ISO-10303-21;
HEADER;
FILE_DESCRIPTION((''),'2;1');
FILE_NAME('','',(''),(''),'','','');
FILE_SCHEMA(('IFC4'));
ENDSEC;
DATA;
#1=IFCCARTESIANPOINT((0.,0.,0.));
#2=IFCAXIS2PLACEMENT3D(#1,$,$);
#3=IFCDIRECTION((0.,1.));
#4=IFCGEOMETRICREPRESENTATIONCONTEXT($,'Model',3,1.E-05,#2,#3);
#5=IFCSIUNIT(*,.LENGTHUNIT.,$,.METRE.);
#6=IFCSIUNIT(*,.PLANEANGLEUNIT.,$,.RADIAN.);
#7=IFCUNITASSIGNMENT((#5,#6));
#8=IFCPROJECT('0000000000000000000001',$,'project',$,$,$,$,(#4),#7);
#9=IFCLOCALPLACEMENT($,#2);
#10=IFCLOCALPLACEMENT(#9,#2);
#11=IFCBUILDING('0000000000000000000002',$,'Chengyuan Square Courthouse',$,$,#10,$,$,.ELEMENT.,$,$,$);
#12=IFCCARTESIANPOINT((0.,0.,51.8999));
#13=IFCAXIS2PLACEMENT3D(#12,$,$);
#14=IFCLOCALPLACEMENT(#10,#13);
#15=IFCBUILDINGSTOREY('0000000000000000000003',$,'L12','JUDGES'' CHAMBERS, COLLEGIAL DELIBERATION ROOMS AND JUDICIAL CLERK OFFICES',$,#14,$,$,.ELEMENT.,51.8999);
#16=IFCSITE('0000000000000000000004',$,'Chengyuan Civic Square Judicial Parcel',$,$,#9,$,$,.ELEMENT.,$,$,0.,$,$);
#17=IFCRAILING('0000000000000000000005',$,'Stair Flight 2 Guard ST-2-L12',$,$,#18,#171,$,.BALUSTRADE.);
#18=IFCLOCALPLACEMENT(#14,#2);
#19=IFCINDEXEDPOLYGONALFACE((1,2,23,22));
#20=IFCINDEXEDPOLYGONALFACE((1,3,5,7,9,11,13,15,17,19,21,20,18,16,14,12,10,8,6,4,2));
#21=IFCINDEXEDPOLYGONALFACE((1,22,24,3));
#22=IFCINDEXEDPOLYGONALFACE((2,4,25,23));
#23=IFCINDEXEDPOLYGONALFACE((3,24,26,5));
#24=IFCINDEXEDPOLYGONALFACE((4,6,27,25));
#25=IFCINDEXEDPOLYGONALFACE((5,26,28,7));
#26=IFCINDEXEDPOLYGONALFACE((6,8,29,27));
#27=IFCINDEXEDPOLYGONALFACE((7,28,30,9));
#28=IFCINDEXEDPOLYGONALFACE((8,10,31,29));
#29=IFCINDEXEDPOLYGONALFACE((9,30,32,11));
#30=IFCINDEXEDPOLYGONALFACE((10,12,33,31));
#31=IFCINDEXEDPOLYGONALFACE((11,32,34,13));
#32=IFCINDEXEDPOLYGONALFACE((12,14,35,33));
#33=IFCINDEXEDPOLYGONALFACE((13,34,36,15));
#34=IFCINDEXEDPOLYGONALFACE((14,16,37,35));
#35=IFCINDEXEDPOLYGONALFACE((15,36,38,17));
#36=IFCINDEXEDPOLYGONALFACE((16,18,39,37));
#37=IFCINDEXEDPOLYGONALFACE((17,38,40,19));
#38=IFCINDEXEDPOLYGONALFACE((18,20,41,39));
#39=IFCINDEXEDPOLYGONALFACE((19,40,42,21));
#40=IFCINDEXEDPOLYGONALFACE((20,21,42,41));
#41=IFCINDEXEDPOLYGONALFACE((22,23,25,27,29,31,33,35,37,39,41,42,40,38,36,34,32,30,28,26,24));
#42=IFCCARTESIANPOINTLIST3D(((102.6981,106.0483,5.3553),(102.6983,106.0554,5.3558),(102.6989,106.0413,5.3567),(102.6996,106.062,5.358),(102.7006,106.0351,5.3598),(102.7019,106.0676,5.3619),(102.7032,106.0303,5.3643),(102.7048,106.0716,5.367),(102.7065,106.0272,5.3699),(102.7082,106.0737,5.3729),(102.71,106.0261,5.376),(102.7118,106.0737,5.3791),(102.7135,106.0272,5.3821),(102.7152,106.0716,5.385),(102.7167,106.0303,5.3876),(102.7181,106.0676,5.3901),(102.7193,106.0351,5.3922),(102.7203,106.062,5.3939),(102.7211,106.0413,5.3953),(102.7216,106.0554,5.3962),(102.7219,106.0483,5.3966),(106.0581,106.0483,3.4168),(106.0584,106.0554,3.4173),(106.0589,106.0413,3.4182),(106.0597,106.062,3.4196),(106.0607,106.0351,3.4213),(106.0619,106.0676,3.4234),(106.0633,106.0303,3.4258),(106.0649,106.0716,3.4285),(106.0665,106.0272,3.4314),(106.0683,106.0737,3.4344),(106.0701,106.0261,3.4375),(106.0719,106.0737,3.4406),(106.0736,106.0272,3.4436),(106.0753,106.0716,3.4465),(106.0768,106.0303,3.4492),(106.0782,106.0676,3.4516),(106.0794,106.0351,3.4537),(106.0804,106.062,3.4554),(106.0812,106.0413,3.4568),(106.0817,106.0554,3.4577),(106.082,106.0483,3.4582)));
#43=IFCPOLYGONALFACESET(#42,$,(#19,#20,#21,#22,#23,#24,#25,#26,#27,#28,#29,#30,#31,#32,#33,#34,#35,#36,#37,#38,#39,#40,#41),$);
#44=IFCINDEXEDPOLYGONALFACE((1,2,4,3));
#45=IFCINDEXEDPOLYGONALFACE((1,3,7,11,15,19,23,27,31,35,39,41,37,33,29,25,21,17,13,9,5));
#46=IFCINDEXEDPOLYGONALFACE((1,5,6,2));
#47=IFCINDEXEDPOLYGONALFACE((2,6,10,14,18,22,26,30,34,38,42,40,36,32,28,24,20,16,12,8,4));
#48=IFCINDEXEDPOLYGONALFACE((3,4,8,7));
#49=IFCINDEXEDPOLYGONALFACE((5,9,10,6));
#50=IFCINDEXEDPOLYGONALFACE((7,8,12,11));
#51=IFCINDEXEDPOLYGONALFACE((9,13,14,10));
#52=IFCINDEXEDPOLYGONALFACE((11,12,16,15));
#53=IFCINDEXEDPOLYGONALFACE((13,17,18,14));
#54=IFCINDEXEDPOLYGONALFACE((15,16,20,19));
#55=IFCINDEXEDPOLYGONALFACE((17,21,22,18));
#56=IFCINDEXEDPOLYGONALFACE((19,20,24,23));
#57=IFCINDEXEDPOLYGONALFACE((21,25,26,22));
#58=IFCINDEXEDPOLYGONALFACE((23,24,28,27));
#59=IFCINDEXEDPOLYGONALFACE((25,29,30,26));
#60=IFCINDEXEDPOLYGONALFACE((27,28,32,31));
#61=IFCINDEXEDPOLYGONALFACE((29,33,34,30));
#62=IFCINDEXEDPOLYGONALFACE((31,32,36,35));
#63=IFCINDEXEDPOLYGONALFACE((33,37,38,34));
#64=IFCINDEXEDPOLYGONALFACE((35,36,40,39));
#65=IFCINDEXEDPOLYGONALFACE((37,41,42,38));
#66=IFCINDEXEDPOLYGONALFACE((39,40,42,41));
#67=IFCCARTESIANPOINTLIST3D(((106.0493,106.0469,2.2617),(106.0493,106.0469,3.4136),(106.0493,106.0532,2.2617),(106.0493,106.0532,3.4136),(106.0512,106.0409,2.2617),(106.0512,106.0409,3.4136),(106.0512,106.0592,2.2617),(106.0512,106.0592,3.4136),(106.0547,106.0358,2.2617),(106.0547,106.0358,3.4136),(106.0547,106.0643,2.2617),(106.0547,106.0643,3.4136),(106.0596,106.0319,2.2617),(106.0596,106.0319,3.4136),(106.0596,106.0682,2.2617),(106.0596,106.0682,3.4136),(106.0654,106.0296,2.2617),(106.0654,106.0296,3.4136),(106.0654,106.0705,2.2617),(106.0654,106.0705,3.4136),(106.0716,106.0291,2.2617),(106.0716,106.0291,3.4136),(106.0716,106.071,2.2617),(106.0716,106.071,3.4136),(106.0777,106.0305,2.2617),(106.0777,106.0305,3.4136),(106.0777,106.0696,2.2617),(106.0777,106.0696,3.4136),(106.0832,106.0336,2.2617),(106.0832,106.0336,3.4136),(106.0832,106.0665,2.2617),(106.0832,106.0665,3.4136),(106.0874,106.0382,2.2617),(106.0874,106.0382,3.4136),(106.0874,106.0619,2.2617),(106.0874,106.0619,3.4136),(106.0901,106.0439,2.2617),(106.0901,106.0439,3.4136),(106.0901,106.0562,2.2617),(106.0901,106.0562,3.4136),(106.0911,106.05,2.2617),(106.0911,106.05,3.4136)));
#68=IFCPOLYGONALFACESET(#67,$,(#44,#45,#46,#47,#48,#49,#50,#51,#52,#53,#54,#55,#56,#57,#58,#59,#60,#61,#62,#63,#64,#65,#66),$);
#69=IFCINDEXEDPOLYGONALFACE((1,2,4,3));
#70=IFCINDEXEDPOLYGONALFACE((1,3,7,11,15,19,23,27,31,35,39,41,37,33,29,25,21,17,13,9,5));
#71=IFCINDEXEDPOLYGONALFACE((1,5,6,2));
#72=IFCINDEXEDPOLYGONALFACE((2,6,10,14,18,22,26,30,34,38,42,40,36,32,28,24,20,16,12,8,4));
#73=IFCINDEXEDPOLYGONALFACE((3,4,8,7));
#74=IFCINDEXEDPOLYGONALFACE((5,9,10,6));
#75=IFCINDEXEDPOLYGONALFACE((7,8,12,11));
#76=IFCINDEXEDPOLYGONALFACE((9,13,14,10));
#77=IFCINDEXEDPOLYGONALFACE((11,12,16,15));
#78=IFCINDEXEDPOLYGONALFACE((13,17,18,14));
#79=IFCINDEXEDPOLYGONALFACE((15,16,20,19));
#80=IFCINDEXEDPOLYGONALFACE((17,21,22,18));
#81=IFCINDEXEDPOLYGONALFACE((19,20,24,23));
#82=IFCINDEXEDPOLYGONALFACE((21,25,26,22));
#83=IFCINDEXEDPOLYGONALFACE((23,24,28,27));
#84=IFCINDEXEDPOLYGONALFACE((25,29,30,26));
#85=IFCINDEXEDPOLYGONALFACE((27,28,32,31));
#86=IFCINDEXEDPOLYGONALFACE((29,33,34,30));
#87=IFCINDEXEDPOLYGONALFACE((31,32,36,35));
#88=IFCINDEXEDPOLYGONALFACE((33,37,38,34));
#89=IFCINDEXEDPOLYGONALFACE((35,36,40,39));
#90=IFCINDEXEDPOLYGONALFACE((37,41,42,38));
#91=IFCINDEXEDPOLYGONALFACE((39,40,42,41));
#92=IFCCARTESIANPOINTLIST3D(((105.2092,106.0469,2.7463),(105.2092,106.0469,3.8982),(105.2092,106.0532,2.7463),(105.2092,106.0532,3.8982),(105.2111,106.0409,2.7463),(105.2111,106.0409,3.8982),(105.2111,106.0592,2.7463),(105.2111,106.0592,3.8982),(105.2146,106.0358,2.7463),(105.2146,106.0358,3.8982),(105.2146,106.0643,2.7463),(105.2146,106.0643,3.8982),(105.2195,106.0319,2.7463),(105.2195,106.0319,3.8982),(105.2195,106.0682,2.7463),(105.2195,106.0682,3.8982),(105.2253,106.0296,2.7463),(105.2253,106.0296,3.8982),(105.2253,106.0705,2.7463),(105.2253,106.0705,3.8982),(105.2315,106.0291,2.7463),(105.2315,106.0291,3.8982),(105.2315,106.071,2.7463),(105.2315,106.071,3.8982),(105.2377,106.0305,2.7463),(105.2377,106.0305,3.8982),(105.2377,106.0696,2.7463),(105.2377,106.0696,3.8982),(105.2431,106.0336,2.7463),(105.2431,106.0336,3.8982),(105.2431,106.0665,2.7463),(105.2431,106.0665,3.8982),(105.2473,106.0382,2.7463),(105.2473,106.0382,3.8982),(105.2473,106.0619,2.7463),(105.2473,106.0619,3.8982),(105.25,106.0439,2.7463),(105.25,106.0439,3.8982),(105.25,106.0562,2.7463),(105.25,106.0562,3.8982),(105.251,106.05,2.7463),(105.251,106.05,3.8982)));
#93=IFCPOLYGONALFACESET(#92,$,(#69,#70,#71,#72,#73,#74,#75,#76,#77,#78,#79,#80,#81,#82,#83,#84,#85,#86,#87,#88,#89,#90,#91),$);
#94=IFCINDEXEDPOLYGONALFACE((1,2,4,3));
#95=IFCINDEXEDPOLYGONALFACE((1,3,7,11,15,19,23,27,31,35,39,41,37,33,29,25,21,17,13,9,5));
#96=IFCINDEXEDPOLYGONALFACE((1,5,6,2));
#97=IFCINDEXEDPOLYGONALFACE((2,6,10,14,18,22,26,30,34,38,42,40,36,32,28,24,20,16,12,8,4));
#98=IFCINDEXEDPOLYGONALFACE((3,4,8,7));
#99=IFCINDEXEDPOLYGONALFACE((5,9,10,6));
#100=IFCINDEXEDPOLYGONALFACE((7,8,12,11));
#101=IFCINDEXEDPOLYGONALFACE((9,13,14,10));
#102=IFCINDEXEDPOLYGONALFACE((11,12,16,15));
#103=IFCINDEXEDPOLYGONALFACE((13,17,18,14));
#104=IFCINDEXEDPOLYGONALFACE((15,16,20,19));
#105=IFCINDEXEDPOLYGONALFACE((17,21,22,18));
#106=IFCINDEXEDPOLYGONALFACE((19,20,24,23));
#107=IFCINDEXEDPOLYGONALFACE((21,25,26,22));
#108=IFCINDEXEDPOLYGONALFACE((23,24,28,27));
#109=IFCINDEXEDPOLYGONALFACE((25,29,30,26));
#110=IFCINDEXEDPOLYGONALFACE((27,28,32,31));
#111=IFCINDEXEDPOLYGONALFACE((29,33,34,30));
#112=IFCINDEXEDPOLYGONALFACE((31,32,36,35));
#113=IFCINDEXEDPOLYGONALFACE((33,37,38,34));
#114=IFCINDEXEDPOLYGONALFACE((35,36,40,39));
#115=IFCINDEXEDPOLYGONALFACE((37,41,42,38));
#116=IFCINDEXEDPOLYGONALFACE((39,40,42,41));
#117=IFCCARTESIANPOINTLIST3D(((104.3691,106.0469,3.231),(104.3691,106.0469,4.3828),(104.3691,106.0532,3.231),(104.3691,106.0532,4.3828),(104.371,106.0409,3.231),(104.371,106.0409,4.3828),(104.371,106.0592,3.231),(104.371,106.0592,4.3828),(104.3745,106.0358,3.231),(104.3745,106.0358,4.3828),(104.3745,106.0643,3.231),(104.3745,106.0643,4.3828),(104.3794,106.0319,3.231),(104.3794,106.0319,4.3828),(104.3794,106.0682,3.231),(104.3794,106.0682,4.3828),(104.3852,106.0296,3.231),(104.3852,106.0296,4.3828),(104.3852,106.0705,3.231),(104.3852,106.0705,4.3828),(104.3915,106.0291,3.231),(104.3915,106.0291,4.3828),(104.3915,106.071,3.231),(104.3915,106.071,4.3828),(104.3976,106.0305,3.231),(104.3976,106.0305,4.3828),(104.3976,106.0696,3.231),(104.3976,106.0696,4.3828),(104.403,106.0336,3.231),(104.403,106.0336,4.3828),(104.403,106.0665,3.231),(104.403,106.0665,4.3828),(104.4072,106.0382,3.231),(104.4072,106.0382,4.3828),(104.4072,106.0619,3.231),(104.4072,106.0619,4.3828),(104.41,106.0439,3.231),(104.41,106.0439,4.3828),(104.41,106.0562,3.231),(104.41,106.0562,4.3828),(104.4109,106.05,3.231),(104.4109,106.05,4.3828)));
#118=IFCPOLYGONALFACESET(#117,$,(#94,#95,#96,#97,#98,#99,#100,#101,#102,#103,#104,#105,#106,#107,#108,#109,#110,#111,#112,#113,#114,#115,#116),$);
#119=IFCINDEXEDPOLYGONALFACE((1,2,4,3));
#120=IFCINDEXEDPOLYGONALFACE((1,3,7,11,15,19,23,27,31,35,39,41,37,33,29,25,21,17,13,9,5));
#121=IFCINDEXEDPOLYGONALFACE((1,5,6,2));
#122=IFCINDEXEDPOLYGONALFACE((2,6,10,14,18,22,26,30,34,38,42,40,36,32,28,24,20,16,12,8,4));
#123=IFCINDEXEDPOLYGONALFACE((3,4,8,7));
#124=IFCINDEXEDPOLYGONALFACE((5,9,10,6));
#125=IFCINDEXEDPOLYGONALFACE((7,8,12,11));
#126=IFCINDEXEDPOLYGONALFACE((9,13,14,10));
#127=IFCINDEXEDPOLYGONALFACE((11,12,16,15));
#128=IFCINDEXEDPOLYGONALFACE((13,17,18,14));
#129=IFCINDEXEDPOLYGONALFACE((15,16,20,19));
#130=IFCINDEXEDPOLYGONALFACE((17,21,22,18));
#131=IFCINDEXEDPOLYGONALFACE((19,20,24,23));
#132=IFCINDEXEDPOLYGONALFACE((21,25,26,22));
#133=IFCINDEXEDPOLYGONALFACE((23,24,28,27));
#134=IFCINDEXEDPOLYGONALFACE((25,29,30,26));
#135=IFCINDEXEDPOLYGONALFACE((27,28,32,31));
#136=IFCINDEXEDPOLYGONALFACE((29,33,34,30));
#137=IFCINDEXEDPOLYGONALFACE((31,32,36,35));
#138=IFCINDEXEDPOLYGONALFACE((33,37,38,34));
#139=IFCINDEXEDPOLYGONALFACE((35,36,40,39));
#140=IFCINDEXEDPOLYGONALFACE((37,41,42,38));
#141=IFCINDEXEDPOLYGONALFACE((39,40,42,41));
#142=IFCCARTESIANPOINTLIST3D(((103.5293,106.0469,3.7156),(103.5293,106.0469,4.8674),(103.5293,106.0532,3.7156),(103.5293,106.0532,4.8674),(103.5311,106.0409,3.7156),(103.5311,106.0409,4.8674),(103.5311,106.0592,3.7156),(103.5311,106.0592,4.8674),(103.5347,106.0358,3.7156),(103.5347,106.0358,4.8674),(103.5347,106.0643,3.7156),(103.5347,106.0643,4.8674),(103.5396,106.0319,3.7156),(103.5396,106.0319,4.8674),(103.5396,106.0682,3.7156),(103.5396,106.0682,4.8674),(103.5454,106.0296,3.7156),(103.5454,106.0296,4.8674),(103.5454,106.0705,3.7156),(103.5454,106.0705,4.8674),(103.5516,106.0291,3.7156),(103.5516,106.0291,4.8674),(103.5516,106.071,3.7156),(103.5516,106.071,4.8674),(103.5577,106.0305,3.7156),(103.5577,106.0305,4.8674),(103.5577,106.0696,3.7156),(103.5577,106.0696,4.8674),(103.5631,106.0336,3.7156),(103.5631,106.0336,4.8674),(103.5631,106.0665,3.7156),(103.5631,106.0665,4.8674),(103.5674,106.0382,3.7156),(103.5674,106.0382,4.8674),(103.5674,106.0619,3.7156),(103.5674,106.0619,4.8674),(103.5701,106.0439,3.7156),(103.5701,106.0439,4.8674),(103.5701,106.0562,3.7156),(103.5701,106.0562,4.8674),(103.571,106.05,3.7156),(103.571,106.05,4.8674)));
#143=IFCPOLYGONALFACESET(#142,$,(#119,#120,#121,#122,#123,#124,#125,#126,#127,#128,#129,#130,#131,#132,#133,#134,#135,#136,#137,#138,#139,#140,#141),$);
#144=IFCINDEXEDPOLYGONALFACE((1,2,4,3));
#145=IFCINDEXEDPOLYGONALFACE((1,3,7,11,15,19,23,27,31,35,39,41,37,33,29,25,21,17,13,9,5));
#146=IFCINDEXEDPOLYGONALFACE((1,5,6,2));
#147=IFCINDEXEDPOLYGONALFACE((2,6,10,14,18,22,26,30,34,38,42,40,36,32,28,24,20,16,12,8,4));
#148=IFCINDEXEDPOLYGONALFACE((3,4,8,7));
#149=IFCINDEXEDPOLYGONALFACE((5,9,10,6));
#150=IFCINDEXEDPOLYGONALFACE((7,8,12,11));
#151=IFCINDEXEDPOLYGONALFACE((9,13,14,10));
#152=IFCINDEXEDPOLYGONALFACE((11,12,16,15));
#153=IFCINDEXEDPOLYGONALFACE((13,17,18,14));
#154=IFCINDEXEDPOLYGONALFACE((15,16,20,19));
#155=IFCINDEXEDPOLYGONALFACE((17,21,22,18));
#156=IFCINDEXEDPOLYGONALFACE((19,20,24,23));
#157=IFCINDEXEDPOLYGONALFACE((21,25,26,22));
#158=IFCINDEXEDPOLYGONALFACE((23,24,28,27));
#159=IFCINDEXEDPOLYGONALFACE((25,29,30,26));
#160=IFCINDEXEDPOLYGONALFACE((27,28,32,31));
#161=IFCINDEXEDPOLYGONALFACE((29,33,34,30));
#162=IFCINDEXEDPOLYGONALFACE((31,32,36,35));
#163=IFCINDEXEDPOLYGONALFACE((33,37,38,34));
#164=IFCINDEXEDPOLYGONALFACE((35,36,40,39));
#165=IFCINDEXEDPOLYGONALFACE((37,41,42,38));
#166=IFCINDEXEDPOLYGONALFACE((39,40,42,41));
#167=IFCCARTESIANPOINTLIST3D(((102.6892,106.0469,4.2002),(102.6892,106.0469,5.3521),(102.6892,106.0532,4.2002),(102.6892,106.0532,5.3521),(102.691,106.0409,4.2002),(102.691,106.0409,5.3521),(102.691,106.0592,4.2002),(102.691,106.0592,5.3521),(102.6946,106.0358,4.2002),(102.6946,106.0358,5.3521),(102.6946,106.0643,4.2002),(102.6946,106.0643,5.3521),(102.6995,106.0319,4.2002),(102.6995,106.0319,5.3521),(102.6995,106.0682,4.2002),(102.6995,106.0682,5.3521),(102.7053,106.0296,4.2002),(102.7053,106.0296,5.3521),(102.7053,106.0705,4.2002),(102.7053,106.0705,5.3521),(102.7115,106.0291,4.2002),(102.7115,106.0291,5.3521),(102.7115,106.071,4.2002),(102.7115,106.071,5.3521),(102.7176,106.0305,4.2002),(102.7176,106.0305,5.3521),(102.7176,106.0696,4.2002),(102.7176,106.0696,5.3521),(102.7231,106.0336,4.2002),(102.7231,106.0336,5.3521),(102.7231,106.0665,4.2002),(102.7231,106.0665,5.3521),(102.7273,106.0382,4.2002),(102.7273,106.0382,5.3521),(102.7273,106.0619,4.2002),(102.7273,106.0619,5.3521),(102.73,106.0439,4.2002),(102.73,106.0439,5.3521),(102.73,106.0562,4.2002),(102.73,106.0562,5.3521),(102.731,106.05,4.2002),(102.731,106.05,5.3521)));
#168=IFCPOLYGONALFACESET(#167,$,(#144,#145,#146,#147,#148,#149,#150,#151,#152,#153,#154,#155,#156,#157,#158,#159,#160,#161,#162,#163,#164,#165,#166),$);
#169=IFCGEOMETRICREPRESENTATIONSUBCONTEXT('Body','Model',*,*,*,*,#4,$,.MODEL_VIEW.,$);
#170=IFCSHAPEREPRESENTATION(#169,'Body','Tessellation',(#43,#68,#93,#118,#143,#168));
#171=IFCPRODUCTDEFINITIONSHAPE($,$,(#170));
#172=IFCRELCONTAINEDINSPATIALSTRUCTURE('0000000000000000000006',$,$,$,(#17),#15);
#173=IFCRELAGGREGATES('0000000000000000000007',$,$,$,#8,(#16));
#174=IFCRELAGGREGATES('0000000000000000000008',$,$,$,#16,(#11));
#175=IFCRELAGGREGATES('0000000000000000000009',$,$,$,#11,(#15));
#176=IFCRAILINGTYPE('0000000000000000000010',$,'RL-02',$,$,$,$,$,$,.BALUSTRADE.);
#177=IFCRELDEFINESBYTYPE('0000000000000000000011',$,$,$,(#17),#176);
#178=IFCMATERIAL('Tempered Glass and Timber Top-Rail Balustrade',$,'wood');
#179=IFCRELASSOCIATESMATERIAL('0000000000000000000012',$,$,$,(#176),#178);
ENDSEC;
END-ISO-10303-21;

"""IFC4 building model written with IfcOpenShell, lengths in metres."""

from ifc_helpers import new_model, si_unit, direction, frame, origin, origin_2d, place, context, subcontext, project, spatial, circle, extrude, material, type_object, element, save


model = new_model("IFC4")

# Units and contexts
model_context = context("Model", 3, precision=1e-05, world=origin(), true_north=direction((0.0, 1.0)))
body_context = subcontext(model_context, "Body", "Model", "MODEL_VIEW")
ifc_project = project(units=[si_unit("LENGTHUNIT", "METRE"), si_unit("PLANEANGLEUNIT", "RADIAN")], contexts=[model_context])

# Site, building, storey
site_placement = place(None, origin())
site = spatial("IfcSite", under=ifc_project, at=site_placement, Name="Chengyuan Civic Square Judicial Parcel", CompositionType="ELEMENT", RefElevation=0.0)
building_placement = place(site_placement, origin())
building = spatial("IfcBuilding", under=site, at=building_placement, Name="Chengyuan Square Courthouse", CompositionType="ELEMENT")
storey_placement = place(building_placement, frame((0.0, 0.0, 51.8999)))
storey = spatial("IfcBuildingStorey", under=building, at=storey_placement, Name="L12", Description="JUDGES' CHAMBERS, COLLEGIAL DELIBERATION ROOMS AND JUDICIAL CLERK OFFICES", CompositionType="ELEMENT", Elevation=51.8999)

# Railing
ifc_material_1 = material(Name="Tempered Glass and Timber Top-Rail Balustrade", Category="wood")
railing_type_1 = type_object("IfcRailingType", Name="RL-02", PredefinedType="BALUSTRADE", material=ifc_material_1)
railing_1_placement = place(storey_placement, frame((106.0701, 106.05, 2.2617)))
element("IfcRailing", 1, at=railing_1_placement, inside=storey, type_object=railing_type_1, Name="Stair Flight 2 Guard ST-2-L12", PredefinedType="BALUSTRADE", context=body_context, shape_type="SweptSolid", body=[
    extrude(circle(Radius=0.0239, at=origin_2d()), frame((0.0, 0.0, 1.1758), z_axis=(-0.866191, 0.0, 0.499713), x_axis=(0.0, -1.0, 0.0)), (0.0, 0.0, 1.0), 3.8792),
    extrude(circle(Radius=0.021, at=origin_2d()), origin(), (0.0, 0.0, 1.0), 1.1519),
    extrude(circle(Radius=0.021, at=origin_2d()), frame((-0.8401, 0.0, 0.4846)), (0.0, 0.0, 1.0), 1.1519),
    extrude(circle(Radius=0.021, at=origin_2d()), frame((-1.6802, 0.0, 0.9692)), (0.0, 0.0, 1.0), 1.1519),
    extrude(circle(Radius=0.021, at=origin_2d()), frame((-2.52, 0.0, 1.4539)), (0.0, 0.0, 1.0), 1.1519),
    extrude(circle(Radius=0.021, at=origin_2d()), frame((-3.3601, 0.0, 1.9385)), (0.0, 0.0, 1.0), 1.1519),
])

save(model, "model.ifc")
